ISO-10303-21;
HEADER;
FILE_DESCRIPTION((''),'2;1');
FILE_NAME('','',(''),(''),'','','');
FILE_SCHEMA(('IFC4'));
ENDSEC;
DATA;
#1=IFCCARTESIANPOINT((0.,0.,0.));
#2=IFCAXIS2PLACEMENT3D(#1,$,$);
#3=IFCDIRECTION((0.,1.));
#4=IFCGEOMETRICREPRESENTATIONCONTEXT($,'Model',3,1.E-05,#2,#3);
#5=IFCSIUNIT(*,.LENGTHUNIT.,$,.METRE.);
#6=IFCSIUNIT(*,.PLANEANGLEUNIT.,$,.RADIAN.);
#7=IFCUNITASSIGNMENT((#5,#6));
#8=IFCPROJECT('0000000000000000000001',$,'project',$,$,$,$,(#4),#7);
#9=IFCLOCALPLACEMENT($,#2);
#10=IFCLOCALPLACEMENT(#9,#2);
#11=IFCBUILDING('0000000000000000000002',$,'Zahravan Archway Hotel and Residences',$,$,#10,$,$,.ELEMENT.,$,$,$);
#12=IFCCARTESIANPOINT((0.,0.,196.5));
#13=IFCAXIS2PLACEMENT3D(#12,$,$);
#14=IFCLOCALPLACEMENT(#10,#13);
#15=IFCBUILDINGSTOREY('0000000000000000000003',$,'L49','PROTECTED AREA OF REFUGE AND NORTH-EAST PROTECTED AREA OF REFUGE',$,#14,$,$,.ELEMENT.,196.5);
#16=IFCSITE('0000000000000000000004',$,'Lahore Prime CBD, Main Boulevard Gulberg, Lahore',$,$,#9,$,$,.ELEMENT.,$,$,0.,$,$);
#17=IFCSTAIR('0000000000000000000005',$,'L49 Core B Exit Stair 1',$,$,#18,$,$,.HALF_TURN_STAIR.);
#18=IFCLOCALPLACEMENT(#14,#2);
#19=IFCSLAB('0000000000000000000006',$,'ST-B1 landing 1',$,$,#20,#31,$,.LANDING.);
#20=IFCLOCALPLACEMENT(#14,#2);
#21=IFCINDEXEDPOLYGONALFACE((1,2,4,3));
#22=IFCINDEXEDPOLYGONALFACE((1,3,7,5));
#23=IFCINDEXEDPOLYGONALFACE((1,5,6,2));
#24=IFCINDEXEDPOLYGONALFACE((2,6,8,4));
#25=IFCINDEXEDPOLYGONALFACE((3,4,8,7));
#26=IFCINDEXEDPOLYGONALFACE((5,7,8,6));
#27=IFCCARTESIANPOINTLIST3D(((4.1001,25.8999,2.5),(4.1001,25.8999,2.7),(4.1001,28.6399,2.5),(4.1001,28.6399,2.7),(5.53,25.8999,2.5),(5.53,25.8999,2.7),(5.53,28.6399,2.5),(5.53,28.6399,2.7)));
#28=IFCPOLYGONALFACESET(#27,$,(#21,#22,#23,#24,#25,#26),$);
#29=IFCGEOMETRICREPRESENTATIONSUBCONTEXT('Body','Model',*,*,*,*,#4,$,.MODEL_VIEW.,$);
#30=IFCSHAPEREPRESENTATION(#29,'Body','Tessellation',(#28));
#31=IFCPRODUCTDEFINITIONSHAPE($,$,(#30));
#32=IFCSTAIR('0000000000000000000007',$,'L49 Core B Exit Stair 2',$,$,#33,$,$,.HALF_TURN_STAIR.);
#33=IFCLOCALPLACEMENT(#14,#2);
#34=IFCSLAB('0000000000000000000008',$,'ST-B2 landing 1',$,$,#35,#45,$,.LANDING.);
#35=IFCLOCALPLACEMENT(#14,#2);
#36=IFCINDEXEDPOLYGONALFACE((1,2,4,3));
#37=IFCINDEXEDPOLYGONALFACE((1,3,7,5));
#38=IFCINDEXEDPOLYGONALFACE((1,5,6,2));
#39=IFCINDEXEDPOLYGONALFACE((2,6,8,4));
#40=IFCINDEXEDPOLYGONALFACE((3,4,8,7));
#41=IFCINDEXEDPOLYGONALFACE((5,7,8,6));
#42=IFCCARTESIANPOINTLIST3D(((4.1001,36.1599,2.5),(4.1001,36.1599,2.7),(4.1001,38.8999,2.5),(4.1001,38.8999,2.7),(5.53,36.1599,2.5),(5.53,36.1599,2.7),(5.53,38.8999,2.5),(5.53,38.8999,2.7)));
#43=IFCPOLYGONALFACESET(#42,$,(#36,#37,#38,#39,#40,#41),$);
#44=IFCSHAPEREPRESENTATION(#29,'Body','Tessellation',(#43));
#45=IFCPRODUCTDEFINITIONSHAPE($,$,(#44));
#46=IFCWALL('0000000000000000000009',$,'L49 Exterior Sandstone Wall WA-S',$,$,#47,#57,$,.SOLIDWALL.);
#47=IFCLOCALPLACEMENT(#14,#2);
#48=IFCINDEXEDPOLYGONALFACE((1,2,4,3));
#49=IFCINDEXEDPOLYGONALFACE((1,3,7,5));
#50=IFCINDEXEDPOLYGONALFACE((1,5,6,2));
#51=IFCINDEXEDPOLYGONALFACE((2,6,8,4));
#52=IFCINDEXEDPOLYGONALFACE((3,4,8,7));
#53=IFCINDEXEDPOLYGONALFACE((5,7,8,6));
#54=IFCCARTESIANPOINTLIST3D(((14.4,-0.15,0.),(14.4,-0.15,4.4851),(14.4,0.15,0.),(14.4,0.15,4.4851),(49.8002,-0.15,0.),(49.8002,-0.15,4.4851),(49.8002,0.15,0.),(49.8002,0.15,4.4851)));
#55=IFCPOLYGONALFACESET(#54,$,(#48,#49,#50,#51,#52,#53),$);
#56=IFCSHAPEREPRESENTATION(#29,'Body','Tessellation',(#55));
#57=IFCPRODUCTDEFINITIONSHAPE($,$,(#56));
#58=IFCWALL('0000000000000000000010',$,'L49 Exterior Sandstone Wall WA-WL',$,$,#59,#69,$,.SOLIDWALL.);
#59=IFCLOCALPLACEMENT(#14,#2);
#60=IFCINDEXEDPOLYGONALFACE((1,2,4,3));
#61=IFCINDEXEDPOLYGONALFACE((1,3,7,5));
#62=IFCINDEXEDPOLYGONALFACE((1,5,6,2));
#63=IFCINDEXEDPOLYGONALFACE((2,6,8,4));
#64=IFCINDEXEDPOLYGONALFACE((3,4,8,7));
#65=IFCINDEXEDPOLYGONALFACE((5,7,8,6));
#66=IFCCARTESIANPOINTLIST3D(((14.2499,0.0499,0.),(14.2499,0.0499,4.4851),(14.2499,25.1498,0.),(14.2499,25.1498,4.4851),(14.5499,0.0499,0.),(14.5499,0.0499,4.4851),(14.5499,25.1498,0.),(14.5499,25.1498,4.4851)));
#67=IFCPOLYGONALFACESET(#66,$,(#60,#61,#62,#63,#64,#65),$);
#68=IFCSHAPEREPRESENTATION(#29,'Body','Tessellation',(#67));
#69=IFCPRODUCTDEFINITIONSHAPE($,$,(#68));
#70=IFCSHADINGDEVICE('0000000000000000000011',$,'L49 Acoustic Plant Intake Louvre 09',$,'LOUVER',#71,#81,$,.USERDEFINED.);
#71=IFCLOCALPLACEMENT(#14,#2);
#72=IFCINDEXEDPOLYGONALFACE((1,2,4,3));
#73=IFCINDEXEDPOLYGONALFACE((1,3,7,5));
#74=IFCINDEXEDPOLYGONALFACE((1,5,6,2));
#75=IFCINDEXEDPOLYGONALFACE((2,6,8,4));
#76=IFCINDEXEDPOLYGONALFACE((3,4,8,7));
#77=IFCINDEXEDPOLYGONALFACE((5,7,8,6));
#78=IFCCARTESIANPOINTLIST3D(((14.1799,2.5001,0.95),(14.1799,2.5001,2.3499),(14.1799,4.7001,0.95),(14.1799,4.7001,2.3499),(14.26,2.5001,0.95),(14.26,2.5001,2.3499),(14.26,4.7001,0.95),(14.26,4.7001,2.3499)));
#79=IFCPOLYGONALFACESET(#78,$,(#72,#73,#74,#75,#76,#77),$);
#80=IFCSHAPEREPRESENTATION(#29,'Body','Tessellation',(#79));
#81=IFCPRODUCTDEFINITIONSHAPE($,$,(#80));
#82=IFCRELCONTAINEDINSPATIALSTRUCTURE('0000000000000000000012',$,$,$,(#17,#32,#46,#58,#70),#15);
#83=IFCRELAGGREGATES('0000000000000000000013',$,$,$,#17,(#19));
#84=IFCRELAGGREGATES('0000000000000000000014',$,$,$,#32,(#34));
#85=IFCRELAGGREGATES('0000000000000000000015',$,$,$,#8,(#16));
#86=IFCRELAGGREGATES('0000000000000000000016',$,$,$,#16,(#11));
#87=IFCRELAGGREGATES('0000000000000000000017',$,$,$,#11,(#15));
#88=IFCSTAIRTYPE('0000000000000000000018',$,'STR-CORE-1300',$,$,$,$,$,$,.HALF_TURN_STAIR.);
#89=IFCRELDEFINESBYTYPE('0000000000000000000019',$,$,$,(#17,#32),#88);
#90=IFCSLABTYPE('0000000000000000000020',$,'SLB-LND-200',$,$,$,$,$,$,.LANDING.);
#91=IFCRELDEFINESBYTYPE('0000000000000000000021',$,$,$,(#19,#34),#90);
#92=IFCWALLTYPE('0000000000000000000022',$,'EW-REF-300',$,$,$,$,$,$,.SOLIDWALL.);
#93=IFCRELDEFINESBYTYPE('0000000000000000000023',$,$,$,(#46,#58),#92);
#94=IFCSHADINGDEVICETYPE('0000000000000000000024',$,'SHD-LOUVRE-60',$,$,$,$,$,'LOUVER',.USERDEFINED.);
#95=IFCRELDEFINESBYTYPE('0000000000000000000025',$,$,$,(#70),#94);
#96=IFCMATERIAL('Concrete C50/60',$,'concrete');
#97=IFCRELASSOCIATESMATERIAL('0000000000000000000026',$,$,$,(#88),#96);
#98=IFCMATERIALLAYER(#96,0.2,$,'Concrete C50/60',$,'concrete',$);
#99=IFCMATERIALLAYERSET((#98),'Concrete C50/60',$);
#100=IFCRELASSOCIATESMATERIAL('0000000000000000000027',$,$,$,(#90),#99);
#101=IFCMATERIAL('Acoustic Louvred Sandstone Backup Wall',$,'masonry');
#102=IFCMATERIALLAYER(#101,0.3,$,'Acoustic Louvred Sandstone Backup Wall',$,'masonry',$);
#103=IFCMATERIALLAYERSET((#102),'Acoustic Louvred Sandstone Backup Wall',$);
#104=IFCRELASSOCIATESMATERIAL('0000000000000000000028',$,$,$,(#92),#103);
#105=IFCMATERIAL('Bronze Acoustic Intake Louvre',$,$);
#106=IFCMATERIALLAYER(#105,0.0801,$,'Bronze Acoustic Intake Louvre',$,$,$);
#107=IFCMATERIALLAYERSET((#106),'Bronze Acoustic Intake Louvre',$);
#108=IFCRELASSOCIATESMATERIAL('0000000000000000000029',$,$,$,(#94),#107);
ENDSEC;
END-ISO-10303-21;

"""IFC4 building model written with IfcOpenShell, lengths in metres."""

from ifc_helpers import new_model, si_unit, direction, frame, frame_2d, origin, origin_2d, place, context, subcontext, project, spatial, polyline, rectangle, outline, extrude, source, transform, mapped, material, layer, layer_set, type_object, type_shapes, element, aggregate, save


model = new_model("IFC4")

# Units and contexts
model_context = context("Model", 3, precision=1e-05, world=origin(), true_north=direction((0.0, 1.0)))
body_context = subcontext(model_context, "Body", "Model", "MODEL_VIEW")
ifc_project = project(units=[si_unit("LENGTHUNIT", "METRE"), si_unit("PLANEANGLEUNIT", "RADIAN")], contexts=[model_context])

# Site, building, storey
site_placement = place(None, origin())
site = spatial("IfcSite", under=ifc_project, at=site_placement, Name="Lahore Prime CBD, Main Boulevard Gulberg, Lahore", CompositionType="ELEMENT", RefElevation=0.0)
building_placement = place(site_placement, origin())
building = spatial("IfcBuilding", under=site, at=building_placement, Name="Zahravan Archway Hotel and Residences", CompositionType="ELEMENT")
storey_placement = place(building_placement, frame((0.0, 0.0, 196.5)))
storey = spatial("IfcBuildingStorey", under=building, at=storey_placement, Name="L49", Description="PROTECTED AREA OF REFUGE AND NORTH-EAST PROTECTED AREA OF REFUGE", CompositionType="ELEMENT", Elevation=196.5)

# Shared definitions
ifc_material_1 = material(Name="Concrete C50/60", Category="concrete")

# Stairs, slabs
stair_type = type_object("IfcStairType", Name="STR-CORE-1300", PredefinedType="HALF_TURN_STAIR", material=ifc_material_1)
ifc_layer_1 = layer(ifc_material_1, 0.2, Name="Concrete C50/60", Category="concrete")
ifc_layer_set_1 = layer_set([ifc_layer_1], Name="Concrete C50/60")
slab_type_1 = type_object("IfcSlabType", Name="SLB-LND-200", PredefinedType="LANDING", material=ifc_layer_set_1)
stair_1_placement = place(storey_placement, origin())
stair_1 = element("IfcStair", 1, at=stair_1_placement, inside=storey, type_object=stair_type, Name="L49 Core B Exit Stair 1", PredefinedType="HALF_TURN_STAIR")
slab_1_placement = place(storey_placement, frame((0.0, 0.0, 2.5)))
slab_1 = element("IfcSlab", 2, at=slab_1_placement, type_object=slab_type_1, Name="ST-B1 landing 1", PredefinedType="LANDING", context=body_context, shape_type="SweptSolid", body=[
    extrude(outline(polyline([(5.53, 28.6399), (4.1001, 28.6399), (4.1001, 25.8999), (5.53, 25.8999), (5.53, 28.6399)])), origin(), (0.0, 0.0, 1.0), 0.2),
])
aggregate(stair_1, [slab_1])
stair_2_placement = place(storey_placement, origin())
stair_2 = element("IfcStair", 3, at=stair_2_placement, inside=storey, type_object=stair_type, Name="L49 Core B Exit Stair 2", PredefinedType="HALF_TURN_STAIR")
slab_2_placement = place(storey_placement, frame((0.0, 0.0, 2.5)))
slab_2 = element("IfcSlab", 4, at=slab_2_placement, type_object=slab_type_1, Name="ST-B2 landing 1", PredefinedType="LANDING", context=body_context, shape_type="SweptSolid", body=[
    extrude(outline(polyline([(5.53, 38.8999), (4.1001, 38.8999), (4.1001, 36.1599), (5.53, 36.1599), (5.53, 38.8999)])), origin(), (0.0, 0.0, 1.0), 0.2),
])
aggregate(stair_2, [slab_2])

# Walls
ifc_material_2 = material(Name="Acoustic Louvred Sandstone Backup Wall", Category="masonry")
ifc_layer_2 = layer(ifc_material_2, 0.3, Name="Acoustic Louvred Sandstone Backup Wall", Category="masonry")
ifc_layer_set_2 = layer_set([ifc_layer_2], Name="Acoustic Louvred Sandstone Backup Wall")
wall_type = type_object("IfcWallType", Name="EW-REF-300", PredefinedType="SOLIDWALL", material=ifc_layer_set_2)
wall_1_placement = place(storey_placement, frame((14.3999, 0.0, 0.0), z_axis=(0.0, 0.0, 1.0), x_axis=(1.0, 0.0, 0.0)))
element("IfcWall", 5, at=wall_1_placement, inside=storey, type_object=wall_type, Name="L49 Exterior Sandstone Wall WA-S", PredefinedType="SOLIDWALL", context=body_context, shape_type="SweptSolid", body=[
    extrude(rectangle(XDim=35.4001, YDim=0.3, at=frame_2d((17.7002, 0.0))), origin(), (0.0, 0.0, 1.0), 4.4851),
])
wall_2_placement = place(storey_placement, frame((14.3999, 0.05, 0.0), z_axis=(0.0, 0.0, 1.0), x_axis=(0.0, 1.0, 0.0)))
element("IfcWall", 6, at=wall_2_placement, inside=storey, type_object=wall_type, Name="L49 Exterior Sandstone Wall WA-WL", PredefinedType="SOLIDWALL", context=body_context, shape_type="SweptSolid", body=[
    extrude(rectangle(XDim=25.0999, YDim=0.3, at=frame_2d((12.5498, 0.0))), origin(), (0.0, 0.0, 1.0), 4.4851),
])

# Shading device
ifc_material_3 = material(Name="Bronze Acoustic Intake Louvre")
ifc_layer_3 = layer(ifc_material_3, 0.0801, Name="Bronze Acoustic Intake Louvre")
ifc_layer_set_3 = layer_set([ifc_layer_3], Name="Bronze Acoustic Intake Louvre")
shading_device_type = type_object("IfcShadingDeviceType", Name="SHD-LOUVRE-60", ElementType="LOUVER", PredefinedType="USERDEFINED", material=ifc_layer_set_3)
shared_shape_1 = source(origin(), body_context, "Body", "SweptSolid", [
    extrude(rectangle(XDim=2.2, YDim=0.0801, at=origin_2d()), origin(), (0.0, 0.0, 1.0), 1.3999),
])
type_shapes(shading_device_type, [shared_shape_1])
shading_device_placement = place(storey_placement, frame((14.22, 3.6001, 0.95), z_axis=(0.0, 0.0, 1.0), x_axis=(0.0, 1.0, 0.0)))
element("IfcShadingDevice", 7, at=shading_device_placement, inside=storey, type_object=shading_device_type, Name="L49 Acoustic Plant Intake Louvre 09", ObjectType="LOUVER", PredefinedType="USERDEFINED", context=body_context, shape_type="MappedRepresentation", body=[
    mapped(shared_shape_1, transform((0.0, 0.0, 0.0), scale=1.0)),
])

save(model, "model.ifc")
